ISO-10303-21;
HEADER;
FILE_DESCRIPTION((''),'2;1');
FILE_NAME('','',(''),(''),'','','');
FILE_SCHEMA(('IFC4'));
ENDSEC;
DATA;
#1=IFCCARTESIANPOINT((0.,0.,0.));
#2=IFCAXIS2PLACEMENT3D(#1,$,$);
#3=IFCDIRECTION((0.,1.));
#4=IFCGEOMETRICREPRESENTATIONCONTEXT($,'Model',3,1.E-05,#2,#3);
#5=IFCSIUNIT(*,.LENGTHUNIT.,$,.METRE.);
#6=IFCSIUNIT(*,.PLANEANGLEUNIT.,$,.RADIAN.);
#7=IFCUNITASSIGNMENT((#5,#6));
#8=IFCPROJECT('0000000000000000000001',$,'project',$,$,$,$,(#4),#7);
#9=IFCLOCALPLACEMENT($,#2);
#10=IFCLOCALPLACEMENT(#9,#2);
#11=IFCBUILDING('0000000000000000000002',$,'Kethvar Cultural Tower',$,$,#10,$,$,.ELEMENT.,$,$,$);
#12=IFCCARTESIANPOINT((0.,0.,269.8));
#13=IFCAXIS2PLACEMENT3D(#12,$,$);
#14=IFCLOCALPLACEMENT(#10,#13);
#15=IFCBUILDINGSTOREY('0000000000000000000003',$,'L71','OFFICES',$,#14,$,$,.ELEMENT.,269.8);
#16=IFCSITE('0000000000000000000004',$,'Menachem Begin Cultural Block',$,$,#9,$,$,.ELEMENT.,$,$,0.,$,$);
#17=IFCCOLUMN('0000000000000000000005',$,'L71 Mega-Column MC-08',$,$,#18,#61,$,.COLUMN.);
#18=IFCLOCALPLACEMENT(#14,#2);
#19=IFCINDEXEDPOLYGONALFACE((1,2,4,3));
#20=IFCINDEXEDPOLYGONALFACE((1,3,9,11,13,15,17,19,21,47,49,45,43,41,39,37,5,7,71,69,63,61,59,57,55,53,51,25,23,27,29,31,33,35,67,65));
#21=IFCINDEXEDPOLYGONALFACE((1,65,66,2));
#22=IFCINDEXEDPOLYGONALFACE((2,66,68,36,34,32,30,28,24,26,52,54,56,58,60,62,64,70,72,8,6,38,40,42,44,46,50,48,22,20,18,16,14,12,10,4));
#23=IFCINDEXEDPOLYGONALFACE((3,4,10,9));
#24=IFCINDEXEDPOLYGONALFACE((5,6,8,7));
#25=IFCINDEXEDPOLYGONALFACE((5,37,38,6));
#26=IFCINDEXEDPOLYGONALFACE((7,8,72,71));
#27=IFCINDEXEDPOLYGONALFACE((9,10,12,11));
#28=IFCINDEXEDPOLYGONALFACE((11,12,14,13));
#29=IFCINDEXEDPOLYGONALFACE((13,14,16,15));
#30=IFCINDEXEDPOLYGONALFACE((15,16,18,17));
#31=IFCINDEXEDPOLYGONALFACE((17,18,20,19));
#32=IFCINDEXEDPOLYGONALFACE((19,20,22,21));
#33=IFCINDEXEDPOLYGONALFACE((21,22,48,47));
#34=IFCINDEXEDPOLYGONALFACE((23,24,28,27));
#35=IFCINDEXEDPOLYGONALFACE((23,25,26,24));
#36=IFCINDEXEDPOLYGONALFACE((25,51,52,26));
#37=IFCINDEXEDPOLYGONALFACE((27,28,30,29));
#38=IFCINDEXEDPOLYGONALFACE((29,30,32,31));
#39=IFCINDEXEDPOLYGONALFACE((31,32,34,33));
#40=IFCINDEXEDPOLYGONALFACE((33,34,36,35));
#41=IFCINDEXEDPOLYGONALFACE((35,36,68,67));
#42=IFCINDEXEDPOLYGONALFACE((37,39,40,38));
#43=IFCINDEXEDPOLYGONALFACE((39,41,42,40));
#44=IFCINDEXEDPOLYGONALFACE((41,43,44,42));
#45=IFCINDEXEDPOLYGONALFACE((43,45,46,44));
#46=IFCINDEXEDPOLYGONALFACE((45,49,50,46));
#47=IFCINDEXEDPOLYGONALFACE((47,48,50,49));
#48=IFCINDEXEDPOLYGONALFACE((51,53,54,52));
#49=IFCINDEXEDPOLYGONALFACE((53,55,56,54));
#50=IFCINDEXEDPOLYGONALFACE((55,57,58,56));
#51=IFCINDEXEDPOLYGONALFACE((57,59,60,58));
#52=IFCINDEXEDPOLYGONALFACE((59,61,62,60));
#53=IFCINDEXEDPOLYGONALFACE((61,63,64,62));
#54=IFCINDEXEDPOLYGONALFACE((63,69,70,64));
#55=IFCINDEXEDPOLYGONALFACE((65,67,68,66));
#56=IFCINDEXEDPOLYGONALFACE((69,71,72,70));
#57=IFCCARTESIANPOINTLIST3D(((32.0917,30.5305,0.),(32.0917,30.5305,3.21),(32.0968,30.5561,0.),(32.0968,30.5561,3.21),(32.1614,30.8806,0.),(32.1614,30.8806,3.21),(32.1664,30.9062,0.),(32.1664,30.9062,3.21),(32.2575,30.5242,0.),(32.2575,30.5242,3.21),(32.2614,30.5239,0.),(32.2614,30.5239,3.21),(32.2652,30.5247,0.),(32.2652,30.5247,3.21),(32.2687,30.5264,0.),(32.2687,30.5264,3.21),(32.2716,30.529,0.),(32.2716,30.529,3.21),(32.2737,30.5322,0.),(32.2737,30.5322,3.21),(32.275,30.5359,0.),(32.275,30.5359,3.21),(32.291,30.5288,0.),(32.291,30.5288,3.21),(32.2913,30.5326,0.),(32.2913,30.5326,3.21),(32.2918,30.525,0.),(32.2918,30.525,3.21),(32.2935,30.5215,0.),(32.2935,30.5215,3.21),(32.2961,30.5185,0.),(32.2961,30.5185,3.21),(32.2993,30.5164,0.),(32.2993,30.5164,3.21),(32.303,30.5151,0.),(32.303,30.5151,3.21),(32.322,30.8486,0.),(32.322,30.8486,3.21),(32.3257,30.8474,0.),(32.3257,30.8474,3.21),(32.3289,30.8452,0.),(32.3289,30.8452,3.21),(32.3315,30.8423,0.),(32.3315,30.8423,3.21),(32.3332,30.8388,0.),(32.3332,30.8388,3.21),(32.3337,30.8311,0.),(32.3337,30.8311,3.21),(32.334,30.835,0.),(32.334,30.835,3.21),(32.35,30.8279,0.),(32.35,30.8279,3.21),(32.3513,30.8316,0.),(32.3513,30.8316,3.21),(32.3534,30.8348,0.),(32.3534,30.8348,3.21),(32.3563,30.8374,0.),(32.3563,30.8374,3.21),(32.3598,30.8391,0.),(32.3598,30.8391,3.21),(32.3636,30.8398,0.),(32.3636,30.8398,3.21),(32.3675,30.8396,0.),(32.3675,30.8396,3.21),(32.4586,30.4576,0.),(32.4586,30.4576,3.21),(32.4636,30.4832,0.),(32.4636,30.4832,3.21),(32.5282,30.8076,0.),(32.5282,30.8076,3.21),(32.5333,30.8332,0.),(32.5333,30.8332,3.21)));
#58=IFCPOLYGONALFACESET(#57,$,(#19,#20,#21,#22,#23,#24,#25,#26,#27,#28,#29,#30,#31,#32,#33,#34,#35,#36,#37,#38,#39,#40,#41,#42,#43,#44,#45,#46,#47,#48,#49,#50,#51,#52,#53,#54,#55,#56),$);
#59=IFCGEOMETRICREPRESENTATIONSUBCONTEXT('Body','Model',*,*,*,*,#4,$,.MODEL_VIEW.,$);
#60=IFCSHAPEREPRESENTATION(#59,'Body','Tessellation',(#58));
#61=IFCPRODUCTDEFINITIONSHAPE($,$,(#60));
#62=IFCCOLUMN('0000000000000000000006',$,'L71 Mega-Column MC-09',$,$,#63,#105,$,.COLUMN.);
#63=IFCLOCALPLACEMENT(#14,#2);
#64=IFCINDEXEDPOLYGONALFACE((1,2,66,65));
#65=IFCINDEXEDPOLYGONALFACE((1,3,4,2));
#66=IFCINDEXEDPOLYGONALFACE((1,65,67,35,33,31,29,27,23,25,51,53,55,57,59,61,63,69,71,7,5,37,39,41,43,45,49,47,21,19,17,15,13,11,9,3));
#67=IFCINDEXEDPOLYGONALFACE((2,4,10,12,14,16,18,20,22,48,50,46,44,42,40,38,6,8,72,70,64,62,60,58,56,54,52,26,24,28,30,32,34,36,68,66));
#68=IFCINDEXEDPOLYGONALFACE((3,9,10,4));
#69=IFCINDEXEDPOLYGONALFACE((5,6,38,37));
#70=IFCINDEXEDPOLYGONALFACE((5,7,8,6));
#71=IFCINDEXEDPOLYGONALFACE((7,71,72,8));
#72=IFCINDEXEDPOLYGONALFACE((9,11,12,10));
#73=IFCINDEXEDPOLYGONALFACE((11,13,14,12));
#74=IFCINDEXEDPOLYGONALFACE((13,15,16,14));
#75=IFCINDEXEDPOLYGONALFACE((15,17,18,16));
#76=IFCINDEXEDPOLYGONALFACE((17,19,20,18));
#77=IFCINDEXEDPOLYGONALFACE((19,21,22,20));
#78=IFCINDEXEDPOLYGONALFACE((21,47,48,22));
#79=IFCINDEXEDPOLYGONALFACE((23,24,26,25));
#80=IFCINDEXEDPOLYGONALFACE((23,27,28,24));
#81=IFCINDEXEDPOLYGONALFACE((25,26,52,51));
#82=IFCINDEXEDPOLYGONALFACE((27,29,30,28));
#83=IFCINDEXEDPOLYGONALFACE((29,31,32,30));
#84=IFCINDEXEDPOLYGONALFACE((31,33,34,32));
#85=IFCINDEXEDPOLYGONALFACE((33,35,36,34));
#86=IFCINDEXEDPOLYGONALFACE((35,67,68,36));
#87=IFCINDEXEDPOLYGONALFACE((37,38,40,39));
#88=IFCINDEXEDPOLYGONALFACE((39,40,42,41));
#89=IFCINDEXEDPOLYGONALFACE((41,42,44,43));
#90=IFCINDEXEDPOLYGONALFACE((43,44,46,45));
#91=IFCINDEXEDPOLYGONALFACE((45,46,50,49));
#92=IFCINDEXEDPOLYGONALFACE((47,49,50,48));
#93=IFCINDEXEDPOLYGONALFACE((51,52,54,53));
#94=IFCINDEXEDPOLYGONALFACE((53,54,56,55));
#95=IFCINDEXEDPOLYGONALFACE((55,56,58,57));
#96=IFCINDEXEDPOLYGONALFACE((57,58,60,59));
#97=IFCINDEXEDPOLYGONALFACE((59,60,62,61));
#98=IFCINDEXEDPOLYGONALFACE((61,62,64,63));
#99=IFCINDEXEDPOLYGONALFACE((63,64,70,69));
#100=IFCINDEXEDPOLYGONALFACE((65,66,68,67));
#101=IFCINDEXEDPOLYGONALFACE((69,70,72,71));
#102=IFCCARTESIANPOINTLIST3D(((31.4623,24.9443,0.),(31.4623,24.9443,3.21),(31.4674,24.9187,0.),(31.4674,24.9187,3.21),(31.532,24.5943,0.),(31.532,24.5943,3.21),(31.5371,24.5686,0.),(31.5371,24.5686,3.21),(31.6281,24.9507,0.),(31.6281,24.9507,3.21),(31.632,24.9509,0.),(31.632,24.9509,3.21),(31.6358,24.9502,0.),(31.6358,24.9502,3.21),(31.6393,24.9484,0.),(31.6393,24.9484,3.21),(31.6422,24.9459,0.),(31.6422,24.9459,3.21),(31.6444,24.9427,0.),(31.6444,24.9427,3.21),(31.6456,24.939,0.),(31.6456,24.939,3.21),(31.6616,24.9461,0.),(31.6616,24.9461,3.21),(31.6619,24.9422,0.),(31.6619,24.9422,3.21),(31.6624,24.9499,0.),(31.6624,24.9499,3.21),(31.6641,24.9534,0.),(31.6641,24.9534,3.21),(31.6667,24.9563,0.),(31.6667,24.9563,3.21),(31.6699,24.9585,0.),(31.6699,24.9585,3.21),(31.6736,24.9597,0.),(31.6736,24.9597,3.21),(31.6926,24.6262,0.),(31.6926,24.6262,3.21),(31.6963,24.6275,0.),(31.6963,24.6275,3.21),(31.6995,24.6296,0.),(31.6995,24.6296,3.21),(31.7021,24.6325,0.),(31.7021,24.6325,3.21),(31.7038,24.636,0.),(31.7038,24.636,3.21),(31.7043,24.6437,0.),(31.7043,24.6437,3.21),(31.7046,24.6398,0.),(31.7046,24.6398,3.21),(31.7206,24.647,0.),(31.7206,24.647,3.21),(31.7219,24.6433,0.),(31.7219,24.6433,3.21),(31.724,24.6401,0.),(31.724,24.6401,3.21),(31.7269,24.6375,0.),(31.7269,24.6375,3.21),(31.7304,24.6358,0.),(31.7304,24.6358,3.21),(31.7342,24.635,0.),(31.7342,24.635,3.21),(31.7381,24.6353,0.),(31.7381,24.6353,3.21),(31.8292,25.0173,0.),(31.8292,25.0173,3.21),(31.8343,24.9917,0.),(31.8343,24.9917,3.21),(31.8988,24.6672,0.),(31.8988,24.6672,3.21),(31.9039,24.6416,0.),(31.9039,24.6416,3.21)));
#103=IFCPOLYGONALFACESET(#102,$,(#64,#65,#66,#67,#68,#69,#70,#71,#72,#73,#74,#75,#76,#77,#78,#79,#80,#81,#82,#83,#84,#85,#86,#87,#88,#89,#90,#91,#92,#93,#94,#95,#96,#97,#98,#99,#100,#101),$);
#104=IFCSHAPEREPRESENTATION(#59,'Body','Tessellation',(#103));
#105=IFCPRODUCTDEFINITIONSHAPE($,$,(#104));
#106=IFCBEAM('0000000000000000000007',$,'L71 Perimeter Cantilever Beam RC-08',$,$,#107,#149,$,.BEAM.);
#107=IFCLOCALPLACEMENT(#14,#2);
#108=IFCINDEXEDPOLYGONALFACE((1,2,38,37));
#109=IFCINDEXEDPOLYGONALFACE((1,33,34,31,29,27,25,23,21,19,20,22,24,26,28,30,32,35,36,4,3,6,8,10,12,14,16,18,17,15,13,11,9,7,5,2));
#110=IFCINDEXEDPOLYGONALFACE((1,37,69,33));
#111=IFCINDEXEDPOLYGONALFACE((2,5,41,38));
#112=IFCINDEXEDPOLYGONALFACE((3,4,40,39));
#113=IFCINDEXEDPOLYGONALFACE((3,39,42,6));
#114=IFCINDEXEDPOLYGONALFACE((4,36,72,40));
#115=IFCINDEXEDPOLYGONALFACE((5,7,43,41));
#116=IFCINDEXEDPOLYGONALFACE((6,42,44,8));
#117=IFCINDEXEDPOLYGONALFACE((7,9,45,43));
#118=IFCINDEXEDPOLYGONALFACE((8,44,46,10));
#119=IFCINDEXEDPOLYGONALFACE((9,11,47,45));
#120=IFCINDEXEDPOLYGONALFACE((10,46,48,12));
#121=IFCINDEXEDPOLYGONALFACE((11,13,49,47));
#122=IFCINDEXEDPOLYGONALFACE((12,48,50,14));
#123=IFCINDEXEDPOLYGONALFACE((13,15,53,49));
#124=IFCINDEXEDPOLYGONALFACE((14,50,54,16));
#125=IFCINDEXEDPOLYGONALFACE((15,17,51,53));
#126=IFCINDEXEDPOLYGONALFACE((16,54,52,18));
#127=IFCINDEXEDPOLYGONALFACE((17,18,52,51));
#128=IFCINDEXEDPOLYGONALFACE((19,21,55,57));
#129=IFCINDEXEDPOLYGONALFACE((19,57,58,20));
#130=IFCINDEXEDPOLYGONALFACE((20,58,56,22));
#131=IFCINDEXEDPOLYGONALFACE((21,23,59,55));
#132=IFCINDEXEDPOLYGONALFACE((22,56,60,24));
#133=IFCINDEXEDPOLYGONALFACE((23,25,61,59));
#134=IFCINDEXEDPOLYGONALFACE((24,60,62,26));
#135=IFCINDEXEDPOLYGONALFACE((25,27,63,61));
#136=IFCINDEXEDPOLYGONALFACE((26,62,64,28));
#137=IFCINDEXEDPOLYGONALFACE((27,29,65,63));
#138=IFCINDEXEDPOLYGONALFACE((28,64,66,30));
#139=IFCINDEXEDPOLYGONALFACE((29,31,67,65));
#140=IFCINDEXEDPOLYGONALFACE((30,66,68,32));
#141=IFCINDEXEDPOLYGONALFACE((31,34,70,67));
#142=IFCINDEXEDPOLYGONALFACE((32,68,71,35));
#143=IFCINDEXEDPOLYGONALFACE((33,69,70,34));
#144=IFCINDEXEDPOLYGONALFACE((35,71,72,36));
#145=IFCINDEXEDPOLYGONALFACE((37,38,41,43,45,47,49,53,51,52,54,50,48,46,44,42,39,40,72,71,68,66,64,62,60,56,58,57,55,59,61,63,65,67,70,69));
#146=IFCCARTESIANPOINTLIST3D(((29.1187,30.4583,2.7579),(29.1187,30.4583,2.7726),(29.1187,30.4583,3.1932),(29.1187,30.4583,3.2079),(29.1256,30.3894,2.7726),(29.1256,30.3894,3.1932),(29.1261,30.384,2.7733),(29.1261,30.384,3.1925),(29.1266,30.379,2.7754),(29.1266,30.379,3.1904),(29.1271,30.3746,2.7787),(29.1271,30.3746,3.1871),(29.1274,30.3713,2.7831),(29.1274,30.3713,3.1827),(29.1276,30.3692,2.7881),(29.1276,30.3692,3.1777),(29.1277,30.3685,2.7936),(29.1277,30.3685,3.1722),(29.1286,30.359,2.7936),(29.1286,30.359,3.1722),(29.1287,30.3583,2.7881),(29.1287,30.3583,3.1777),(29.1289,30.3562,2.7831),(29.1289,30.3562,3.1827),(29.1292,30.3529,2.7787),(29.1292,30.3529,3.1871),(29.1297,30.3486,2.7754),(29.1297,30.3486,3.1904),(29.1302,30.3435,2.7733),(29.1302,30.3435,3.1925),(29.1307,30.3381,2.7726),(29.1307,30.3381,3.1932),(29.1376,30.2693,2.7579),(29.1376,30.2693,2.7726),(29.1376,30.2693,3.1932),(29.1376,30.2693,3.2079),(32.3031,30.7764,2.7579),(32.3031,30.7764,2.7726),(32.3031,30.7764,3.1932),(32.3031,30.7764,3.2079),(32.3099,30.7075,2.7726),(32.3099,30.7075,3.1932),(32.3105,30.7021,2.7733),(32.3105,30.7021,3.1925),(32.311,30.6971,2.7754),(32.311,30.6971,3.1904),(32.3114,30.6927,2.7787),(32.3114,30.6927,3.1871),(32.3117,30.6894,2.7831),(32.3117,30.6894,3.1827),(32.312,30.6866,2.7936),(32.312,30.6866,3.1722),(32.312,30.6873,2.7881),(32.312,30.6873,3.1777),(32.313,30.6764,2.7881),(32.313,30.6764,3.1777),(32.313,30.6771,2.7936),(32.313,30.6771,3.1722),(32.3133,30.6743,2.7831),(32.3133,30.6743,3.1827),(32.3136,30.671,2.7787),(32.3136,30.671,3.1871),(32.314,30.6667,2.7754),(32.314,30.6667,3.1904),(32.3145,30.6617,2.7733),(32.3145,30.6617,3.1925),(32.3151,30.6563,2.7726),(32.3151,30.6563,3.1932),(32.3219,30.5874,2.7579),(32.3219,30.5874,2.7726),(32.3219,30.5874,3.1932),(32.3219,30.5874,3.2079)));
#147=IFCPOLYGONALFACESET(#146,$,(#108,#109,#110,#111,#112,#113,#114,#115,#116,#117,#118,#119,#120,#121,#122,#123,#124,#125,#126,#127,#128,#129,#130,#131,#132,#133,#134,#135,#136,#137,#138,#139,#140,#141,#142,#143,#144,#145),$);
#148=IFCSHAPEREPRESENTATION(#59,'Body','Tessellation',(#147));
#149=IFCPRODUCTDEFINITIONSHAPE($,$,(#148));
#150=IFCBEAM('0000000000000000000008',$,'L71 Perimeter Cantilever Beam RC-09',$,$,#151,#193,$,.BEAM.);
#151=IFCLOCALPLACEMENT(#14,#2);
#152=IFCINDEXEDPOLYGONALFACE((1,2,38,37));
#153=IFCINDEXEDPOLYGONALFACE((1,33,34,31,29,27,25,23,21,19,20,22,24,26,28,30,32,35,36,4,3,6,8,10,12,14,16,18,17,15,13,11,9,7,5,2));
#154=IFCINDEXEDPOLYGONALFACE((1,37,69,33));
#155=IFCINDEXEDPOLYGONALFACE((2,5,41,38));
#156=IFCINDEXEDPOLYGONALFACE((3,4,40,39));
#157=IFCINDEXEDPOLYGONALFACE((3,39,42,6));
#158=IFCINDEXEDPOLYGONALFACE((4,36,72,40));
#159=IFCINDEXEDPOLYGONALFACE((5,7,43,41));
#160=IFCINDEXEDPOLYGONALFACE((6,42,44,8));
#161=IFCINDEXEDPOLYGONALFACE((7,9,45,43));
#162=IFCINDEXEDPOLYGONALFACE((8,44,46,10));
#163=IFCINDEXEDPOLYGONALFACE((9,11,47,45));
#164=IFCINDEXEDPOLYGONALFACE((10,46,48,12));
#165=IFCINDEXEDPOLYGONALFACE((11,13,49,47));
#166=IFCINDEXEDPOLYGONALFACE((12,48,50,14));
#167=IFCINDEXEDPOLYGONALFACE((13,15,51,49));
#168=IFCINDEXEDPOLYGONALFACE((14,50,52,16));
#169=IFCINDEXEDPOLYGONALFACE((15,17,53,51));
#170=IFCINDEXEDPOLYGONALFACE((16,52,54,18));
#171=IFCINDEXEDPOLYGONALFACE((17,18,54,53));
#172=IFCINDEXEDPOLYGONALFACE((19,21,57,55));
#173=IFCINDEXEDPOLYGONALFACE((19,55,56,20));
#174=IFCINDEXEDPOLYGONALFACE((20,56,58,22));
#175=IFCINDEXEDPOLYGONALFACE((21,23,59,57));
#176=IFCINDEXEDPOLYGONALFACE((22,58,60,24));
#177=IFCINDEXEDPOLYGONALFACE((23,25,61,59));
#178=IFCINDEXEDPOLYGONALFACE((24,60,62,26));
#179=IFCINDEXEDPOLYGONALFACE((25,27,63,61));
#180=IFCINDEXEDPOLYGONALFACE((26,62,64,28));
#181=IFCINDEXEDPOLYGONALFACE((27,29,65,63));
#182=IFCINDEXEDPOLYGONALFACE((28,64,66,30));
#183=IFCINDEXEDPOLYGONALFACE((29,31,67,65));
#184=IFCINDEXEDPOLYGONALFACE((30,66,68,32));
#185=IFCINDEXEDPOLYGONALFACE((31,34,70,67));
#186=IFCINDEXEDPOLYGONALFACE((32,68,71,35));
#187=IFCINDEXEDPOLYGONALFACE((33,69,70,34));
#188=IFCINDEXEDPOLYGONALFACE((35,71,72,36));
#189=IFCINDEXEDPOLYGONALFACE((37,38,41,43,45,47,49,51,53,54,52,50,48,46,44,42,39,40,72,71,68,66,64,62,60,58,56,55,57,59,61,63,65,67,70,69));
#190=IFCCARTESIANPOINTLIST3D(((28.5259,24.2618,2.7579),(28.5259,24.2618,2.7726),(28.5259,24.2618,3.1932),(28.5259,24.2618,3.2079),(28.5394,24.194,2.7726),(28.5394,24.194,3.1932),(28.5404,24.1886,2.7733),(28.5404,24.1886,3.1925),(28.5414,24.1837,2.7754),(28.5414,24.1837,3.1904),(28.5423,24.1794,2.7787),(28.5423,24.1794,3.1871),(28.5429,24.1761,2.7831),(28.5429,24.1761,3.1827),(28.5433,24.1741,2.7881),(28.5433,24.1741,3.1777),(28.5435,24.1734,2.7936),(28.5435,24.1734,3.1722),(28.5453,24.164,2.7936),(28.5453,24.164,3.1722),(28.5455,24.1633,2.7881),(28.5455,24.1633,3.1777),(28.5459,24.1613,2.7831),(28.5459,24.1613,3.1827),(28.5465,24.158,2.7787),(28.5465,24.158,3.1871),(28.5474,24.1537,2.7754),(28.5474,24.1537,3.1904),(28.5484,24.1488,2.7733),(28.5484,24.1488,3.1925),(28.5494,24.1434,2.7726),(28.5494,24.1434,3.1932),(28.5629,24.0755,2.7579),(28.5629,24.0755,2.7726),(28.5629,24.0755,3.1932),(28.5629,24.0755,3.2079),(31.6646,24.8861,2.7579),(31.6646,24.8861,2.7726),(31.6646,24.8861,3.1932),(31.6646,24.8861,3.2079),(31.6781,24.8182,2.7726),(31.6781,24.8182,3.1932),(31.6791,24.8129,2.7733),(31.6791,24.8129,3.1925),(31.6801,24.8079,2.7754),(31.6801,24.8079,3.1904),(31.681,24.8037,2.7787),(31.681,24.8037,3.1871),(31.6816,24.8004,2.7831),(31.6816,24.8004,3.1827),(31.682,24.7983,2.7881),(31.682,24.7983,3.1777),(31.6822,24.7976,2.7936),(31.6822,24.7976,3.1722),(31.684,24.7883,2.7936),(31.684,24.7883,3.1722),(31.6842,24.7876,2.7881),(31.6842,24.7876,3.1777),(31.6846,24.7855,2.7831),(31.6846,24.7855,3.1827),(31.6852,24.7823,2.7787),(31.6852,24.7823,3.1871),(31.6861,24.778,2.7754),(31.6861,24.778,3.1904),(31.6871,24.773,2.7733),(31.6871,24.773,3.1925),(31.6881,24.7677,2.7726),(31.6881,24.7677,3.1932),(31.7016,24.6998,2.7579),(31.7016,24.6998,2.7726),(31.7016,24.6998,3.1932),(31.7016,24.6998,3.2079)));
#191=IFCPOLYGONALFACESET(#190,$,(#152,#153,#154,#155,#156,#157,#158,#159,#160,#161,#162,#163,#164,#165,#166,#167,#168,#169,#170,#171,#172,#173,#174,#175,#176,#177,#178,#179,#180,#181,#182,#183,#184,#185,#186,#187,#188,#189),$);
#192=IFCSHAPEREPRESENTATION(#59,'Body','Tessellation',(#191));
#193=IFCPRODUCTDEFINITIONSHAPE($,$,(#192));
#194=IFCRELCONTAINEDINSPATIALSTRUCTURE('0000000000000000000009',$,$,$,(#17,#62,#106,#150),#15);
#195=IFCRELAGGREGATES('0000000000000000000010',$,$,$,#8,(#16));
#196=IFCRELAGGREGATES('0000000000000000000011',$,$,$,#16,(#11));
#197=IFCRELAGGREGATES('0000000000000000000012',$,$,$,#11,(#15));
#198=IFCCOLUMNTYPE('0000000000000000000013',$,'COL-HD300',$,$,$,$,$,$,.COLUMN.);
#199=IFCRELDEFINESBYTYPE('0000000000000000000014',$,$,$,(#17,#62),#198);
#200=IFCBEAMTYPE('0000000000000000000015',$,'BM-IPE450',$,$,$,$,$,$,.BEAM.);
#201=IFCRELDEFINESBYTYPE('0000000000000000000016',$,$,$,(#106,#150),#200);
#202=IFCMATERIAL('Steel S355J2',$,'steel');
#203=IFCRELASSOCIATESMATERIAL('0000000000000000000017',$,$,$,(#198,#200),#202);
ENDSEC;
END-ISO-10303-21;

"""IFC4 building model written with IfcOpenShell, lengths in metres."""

from ifc_helpers import new_model, si_unit, direction, frame, origin, origin_2d, place, context, subcontext, project, spatial, i_section, extrude, source, transform, mapped, material, material_profile, profile_set, type_object, element, save


model = new_model("IFC4")

# Units and contexts
model_context = context("Model", 3, precision=1e-05, world=origin(), true_north=direction((0.0, 1.0)))
body_context = subcontext(model_context, "Body", "Model", "MODEL_VIEW")
ifc_project = project(units=[si_unit("LENGTHUNIT", "METRE"), si_unit("PLANEANGLEUNIT", "RADIAN")], contexts=[model_context])

# Site, building, storey
site_placement = place(None, origin())
site = spatial("IfcSite", under=ifc_project, at=site_placement, Name="Menachem Begin Cultural Block", CompositionType="ELEMENT", RefElevation=0.0)
building_placement = place(site_placement, origin())
building = spatial("IfcBuilding", under=site, at=building_placement, Name="Kethvar Cultural Tower", CompositionType="ELEMENT")
storey_placement = place(building_placement, frame((0.0, 0.0, 269.8)))
storey = spatial("IfcBuildingStorey", under=building, at=storey_placement, Name="L71", Description="OFFICES", CompositionType="ELEMENT", Elevation=269.8)

# Columns
ifc_material_1 = material(Name="Steel S355J2", Category="steel")
ifc_material_profile_1 = material_profile(ifc_material_1, i_section(OverallWidth=0.374, OverallDepth=0.3831, WebThickness=0.0166, FlangeThickness=0.0261, FilletRadius=0.0149, at=origin_2d()), Name="Steel S355J2 — HD360x300")
ifc_profile_set_1 = profile_set([ifc_material_profile_1], Name="Steel S355J2 — HD360x300")
column_type = type_object("IfcColumnType", Name="COL-HD300", PredefinedType="COLUMN", material=ifc_profile_set_1)
shared_shape_1 = source(origin(), body_context, "Body", "SweptSolid", [
    extrude(i_section(OverallWidth=0.374, OverallDepth=0.3831, WebThickness=0.0166, FlangeThickness=0.0261, FilletRadius=0.0149, at=origin_2d()), origin(), (0.0, 0.0, 1.0), 3.21),
])
for number, where, z_axis, x_axis, name in (
    (1, (32.3125, 30.6819, 0.0), (0.0, 0.0, 1.0), (-0.980785, 0.19509, 0.0), "L71 Mega-Column MC-08"),
    (2, (31.6831, 24.793, 0.0), (0.0, 0.0, 1.0), (-0.980785, -0.19509, 0.0), "L71 Mega-Column MC-09"),
):
    element("IfcColumn", number, at=place(storey_placement, frame(where, z_axis=z_axis, x_axis=x_axis)), inside=storey, type_object=column_type, Name=name, PredefinedType="COLUMN", context=body_context, shape_type="MappedRepresentation", body=[
        mapped(shared_shape_1, transform((0.0, 0.0, 0.0), scale=1.0)),
    ])

# Beams
ifc_material_profile_2 = material_profile(ifc_material_1, i_section(OverallWidth=0.1899, OverallDepth=0.45, WebThickness=0.0095, FlangeThickness=0.0146, FilletRadius=0.021, at=origin_2d()), Name="Steel S355J2 — IPE450")
ifc_profile_set_2 = profile_set([ifc_material_profile_2], Name="Steel S355J2 — IPE450")
beam_type_1 = type_object("IfcBeamType", Name="BM-IPE450", PredefinedType="BEAM", material=ifc_profile_set_2)
shared_shape_2 = source(origin(), body_context, "Body", "SweptSolid", [
    extrude(i_section(OverallWidth=0.1899, OverallDepth=0.45, WebThickness=0.0095, FlangeThickness=0.0146, FilletRadius=0.021, at=origin_2d()), origin(), (0.0, 0.0, 1.0), 3.2002),
])
for number, where, z_axis, x_axis, name in (
    (3, (32.3125, 30.6819, 2.9829), (-0.995047, -0.099406, 0.0), (0.099406, -0.995047, 0.0), "L71 Perimeter Cantilever Beam RC-08"),
    (4, (31.6831, 24.793, 2.9829), (-0.980788, -0.195074, 0.0), (0.195074, -0.980788, 0.0), "L71 Perimeter Cantilever Beam RC-09"),
):
    element("IfcBeam", number, at=place(storey_placement, frame(where, z_axis=z_axis, x_axis=x_axis)), inside=storey, type_object=beam_type_1, Name=name, PredefinedType="BEAM", context=body_context, shape_type="MappedRepresentation", body=[
        mapped(shared_shape_2, transform((0.0, 0.0, 0.0), scale=1.0)),
    ])

save(model, "model.ifc")
